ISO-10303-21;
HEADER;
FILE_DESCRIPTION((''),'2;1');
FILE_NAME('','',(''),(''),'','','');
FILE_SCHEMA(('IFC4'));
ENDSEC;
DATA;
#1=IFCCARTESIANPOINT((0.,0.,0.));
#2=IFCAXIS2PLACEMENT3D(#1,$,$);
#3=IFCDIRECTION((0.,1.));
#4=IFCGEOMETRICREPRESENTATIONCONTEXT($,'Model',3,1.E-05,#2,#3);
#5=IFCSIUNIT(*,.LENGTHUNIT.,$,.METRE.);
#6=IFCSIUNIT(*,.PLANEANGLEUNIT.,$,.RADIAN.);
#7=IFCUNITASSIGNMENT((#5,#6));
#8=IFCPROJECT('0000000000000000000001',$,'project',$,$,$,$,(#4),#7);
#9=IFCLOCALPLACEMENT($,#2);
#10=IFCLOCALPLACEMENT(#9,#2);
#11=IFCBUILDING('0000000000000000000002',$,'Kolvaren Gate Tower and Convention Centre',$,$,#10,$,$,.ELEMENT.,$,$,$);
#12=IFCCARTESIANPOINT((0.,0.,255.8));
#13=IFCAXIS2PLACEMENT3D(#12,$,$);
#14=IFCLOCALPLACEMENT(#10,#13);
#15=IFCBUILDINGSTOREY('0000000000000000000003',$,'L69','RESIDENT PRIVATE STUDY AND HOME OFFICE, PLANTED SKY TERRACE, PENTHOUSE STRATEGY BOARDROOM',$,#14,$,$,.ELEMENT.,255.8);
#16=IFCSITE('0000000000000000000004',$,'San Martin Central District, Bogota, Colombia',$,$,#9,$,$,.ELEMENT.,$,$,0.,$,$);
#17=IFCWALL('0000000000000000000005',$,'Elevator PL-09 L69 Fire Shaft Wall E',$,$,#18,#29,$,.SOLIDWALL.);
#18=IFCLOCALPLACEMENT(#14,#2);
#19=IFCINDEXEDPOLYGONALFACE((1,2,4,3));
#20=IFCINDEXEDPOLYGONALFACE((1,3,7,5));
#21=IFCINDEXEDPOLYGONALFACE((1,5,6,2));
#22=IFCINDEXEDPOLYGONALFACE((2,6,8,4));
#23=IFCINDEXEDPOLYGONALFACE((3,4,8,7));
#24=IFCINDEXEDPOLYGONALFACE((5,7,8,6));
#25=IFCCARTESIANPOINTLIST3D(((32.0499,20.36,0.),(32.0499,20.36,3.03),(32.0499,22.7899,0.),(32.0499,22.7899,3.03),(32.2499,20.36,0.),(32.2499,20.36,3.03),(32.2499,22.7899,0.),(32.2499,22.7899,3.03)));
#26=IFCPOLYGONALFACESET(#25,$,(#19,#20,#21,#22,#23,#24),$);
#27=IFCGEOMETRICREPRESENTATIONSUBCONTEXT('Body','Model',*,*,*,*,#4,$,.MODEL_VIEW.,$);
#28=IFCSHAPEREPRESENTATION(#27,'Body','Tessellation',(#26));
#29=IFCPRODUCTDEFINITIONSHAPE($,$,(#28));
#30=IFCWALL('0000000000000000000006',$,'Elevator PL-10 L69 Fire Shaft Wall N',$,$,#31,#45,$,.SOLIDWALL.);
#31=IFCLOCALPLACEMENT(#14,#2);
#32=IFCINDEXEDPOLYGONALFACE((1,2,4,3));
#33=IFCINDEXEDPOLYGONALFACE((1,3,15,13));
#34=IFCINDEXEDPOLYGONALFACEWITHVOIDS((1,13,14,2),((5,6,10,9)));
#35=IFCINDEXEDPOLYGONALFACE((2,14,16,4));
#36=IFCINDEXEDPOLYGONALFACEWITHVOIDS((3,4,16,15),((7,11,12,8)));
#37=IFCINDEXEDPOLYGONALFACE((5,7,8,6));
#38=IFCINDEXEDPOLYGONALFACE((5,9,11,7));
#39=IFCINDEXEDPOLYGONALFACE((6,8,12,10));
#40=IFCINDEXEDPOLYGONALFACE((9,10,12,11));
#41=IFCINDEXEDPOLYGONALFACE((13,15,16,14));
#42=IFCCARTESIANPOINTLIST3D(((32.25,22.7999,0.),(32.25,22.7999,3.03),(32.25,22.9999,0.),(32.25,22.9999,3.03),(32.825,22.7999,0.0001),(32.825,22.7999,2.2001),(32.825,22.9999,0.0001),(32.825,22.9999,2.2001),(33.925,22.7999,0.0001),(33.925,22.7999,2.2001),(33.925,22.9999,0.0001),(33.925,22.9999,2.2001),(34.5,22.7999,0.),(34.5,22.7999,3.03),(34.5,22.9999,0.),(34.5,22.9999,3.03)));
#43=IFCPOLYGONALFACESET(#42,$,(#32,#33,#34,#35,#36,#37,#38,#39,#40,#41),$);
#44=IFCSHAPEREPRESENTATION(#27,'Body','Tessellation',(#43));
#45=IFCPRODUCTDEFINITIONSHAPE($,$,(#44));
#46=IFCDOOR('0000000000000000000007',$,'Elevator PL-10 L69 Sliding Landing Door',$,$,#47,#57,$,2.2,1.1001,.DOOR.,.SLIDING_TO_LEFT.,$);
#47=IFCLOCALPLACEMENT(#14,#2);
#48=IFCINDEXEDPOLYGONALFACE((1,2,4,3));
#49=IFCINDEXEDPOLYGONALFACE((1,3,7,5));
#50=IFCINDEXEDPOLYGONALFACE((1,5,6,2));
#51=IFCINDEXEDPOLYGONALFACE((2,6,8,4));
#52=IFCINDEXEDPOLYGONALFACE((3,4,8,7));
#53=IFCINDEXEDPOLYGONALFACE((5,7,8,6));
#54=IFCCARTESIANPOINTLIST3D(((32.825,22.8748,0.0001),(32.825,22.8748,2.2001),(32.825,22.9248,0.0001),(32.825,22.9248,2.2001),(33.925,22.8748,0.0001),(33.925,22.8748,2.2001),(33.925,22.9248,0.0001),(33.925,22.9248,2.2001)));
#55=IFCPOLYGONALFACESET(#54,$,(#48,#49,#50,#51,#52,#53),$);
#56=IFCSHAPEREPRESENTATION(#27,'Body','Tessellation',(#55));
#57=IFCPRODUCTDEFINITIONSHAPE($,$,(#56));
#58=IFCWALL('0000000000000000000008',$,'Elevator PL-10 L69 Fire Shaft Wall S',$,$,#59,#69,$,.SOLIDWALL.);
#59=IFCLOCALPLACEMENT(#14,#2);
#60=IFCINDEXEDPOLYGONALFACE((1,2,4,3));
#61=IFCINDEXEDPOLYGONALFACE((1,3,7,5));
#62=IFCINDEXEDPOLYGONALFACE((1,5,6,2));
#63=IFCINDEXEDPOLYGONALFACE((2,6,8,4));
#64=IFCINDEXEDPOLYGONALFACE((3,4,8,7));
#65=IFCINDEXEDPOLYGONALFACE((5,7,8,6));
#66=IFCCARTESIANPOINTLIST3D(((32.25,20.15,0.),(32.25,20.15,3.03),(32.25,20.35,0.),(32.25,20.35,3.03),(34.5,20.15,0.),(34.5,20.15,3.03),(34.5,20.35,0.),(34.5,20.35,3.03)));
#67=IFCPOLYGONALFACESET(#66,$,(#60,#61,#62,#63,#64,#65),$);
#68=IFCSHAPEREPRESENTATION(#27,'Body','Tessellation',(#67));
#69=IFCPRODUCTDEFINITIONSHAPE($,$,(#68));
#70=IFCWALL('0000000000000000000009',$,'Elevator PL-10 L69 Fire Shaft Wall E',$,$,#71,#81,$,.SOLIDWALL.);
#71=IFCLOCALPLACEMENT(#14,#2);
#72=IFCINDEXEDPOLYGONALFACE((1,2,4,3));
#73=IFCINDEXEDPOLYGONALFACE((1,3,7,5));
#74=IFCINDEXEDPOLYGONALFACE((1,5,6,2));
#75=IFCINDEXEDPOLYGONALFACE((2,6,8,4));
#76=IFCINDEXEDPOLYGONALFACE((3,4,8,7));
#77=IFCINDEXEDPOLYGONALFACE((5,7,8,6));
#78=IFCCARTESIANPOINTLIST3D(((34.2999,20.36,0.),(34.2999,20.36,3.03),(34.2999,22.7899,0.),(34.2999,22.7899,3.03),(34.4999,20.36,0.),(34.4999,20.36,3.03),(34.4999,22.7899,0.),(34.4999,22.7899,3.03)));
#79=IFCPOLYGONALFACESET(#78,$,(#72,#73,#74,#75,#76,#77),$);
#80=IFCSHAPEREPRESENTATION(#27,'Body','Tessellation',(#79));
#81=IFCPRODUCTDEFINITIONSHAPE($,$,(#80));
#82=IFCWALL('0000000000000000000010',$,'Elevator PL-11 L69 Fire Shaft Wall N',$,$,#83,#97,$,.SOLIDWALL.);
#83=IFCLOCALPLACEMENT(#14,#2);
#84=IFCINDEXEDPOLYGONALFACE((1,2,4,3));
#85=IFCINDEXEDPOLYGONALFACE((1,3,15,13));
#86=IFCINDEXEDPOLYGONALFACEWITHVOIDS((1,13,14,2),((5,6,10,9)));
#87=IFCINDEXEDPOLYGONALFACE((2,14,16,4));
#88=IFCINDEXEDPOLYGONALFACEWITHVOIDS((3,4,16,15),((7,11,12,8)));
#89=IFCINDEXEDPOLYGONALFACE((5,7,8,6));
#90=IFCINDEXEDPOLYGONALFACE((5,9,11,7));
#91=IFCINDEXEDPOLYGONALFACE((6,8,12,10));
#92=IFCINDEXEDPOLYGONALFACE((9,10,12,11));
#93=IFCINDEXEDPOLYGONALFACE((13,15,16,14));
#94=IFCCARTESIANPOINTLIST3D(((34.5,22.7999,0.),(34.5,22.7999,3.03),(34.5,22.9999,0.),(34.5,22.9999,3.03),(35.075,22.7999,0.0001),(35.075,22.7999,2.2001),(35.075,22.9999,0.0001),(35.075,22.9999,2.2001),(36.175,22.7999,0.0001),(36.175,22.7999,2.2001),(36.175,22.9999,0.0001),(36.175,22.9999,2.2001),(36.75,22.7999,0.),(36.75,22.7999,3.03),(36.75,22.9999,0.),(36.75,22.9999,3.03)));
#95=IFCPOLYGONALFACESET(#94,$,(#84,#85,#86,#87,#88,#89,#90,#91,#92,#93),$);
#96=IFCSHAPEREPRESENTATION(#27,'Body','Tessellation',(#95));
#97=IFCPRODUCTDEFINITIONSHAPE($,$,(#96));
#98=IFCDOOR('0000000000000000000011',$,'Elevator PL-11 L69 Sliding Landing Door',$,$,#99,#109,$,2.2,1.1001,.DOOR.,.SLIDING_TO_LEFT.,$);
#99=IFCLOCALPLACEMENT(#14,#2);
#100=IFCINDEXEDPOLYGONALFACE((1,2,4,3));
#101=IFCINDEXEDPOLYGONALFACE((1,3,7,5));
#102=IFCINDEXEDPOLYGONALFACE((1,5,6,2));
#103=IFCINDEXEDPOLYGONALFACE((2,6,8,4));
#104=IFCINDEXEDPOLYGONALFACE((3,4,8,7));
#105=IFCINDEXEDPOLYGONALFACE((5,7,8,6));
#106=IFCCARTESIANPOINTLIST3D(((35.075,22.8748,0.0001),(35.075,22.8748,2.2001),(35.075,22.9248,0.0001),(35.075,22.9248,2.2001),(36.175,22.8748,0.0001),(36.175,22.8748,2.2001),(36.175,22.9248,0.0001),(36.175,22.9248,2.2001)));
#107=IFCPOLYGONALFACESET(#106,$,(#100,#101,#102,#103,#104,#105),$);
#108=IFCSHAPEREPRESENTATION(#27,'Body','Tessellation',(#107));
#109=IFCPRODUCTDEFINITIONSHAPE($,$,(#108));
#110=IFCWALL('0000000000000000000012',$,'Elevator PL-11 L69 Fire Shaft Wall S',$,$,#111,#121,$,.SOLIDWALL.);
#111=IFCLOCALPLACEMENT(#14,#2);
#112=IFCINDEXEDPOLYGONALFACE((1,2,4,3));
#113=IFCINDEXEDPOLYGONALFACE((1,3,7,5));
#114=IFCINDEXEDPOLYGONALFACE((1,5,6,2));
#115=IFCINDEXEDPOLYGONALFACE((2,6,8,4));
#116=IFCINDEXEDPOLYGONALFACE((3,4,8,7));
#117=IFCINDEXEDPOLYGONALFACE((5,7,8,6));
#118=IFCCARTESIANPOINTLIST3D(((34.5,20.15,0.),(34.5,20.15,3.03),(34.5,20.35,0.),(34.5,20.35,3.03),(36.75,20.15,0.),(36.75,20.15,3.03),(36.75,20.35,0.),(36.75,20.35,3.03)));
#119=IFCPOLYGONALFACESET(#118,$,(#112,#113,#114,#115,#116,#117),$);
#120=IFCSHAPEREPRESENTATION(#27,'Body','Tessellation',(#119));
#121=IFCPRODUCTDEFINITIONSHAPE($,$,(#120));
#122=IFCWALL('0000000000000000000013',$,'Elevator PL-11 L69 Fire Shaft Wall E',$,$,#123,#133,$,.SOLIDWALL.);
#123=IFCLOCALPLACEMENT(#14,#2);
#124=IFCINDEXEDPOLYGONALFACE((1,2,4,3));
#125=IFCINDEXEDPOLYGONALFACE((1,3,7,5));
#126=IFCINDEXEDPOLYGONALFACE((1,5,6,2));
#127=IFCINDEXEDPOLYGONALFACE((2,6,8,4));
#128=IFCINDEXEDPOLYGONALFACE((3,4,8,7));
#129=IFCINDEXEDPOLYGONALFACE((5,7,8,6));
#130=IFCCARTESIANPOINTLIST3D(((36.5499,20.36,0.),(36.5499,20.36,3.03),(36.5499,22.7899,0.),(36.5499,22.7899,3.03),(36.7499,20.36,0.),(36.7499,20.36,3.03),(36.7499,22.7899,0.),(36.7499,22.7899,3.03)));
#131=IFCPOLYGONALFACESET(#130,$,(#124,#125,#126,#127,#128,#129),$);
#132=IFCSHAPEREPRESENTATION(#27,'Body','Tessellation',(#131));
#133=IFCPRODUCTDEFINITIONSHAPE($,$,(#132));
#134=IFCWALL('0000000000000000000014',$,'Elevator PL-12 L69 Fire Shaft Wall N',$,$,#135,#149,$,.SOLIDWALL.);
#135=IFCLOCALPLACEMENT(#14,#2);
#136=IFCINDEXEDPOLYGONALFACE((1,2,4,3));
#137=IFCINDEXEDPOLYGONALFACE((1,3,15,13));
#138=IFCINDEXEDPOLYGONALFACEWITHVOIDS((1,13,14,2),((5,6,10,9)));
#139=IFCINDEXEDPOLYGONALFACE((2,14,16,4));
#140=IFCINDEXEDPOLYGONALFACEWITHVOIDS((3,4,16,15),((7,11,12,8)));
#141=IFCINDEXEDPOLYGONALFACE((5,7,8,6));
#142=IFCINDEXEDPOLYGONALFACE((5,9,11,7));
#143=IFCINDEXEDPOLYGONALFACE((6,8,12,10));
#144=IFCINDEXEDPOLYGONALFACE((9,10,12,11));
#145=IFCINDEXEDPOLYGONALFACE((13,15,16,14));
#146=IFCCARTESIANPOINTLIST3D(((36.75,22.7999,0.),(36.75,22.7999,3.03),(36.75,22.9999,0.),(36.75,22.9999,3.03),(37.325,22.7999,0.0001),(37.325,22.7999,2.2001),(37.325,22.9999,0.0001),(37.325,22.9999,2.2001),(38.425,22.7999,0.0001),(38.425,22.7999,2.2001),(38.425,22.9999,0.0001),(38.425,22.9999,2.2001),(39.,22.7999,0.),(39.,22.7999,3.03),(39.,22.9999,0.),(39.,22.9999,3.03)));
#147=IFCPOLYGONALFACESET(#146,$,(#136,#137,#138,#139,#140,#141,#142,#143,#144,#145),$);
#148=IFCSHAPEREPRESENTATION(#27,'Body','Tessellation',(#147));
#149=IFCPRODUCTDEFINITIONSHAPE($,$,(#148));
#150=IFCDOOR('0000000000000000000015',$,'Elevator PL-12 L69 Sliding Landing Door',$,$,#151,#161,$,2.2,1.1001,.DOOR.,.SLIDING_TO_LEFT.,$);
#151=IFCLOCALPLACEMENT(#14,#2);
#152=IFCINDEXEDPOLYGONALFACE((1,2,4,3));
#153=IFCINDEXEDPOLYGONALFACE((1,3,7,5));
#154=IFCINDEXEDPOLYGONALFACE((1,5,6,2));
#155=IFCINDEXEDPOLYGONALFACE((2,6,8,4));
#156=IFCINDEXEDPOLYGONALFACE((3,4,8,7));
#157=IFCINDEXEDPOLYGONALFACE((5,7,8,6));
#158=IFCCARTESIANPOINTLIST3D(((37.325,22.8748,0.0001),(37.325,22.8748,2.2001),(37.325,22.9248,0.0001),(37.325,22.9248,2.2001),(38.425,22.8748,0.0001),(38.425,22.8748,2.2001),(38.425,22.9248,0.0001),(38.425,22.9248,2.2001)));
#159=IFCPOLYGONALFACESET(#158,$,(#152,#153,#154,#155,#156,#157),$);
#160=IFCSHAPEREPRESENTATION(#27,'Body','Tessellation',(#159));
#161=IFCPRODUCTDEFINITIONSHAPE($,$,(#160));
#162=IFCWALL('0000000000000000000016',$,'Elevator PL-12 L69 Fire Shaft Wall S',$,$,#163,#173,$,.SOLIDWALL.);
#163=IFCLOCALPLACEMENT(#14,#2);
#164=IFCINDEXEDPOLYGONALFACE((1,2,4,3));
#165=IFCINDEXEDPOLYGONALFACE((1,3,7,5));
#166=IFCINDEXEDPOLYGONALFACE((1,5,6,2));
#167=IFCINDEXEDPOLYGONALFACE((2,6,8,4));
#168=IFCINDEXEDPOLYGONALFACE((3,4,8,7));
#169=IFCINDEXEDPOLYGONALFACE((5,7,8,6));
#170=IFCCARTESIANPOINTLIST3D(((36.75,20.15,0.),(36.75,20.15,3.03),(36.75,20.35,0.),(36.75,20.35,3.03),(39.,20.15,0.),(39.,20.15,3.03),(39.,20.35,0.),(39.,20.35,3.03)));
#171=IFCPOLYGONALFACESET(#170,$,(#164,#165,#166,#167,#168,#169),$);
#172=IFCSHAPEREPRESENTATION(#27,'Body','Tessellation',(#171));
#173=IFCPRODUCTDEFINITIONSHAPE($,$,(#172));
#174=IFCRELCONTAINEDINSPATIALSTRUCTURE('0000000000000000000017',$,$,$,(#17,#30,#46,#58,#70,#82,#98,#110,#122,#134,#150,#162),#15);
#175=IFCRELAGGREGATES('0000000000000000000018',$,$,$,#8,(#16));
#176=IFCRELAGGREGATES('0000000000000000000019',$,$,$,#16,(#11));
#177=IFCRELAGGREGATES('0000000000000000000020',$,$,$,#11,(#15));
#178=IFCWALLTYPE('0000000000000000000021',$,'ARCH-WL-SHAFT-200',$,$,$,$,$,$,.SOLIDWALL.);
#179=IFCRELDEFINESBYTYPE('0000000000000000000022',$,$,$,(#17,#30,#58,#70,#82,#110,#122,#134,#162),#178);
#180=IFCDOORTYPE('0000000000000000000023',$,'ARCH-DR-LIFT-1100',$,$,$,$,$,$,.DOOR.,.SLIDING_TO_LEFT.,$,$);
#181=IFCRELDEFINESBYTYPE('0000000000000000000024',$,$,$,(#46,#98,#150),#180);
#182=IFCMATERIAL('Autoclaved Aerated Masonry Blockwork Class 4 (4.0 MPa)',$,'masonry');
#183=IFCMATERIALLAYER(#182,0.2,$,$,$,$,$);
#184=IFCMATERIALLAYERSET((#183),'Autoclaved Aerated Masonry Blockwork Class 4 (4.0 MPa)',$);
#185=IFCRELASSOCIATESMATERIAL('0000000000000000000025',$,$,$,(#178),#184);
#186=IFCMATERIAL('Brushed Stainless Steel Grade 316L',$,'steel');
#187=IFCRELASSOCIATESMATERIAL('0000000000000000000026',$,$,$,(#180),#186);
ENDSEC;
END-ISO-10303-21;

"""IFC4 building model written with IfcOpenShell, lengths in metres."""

from ifc_helpers import new_model, si_unit, direction, frame, frame_2d, origin, place, context, subcontext, project, spatial, rectangle, extrude, material, layer, layer_set, type_object, element, fill, save


model = new_model("IFC4")

# Units and contexts
model_context = context("Model", 3, precision=1e-05, world=origin(), true_north=direction((0.0, 1.0)))
body_context = subcontext(model_context, "Body", "Model", "MODEL_VIEW")
ifc_project = project(units=[si_unit("LENGTHUNIT", "METRE"), si_unit("PLANEANGLEUNIT", "RADIAN")], contexts=[model_context])

# Site, building, storey
site_placement = place(None, origin())
site = spatial("IfcSite", under=ifc_project, at=site_placement, Name="San Martin Central District, Bogota, Colombia", CompositionType="ELEMENT", RefElevation=0.0)
building_placement = place(site_placement, origin())
building = spatial("IfcBuilding", under=site, at=building_placement, Name="Kolvaren Gate Tower and Convention Centre", CompositionType="ELEMENT")
storey_placement = place(building_placement, frame((0.0, 0.0, 255.8)))
storey = spatial("IfcBuildingStorey", under=building, at=storey_placement, Name="L69", Description="RESIDENT PRIVATE STUDY AND HOME OFFICE, PLANTED SKY TERRACE, PENTHOUSE STRATEGY BOARDROOM", CompositionType="ELEMENT", Elevation=255.8)

# Shared definitions
ifc_material_1 = material(Name="Autoclaved Aerated Masonry Blockwork Class 4 (4.0 MPa)", Category="masonry")

# Wall
ifc_layer_1 = layer(ifc_material_1, 0.2)
ifc_layer_set_1 = layer_set([ifc_layer_1], Name="Autoclaved Aerated Masonry Blockwork Class 4 (4.0 MPa)")
wall_type_1 = type_object("IfcWallType", Name="ARCH-WL-SHAFT-200", PredefinedType="SOLIDWALL", material=ifc_layer_set_1)
for number, where, z_axis, x_axis, name in (
    (1, (32.1499, 20.3601, 0.0), (0.0, 0.0, 1.0), (0.0, 1.0, 0.0), "Elevator PL-09 L69 Fire Shaft Wall E"),
):
    element("IfcWall", number, at=place(storey_placement, frame(where, z_axis=z_axis, x_axis=x_axis)), inside=storey, type_object=wall_type_1, Name=name, PredefinedType="SOLIDWALL", context=body_context, shape_type="SweptSolid", body=[
        extrude(rectangle(XDim=2.4299, YDim=0.2, at=frame_2d((1.2148, 0.0))), origin(), (0.0, 0.0, 1.0), 3.03),
    ])

# Wall, opening, door
wall_1_placement = place(storey_placement, frame((32.25, 22.8999, 0.0), z_axis=(0.0, 0.0, 1.0), x_axis=(1.0, 0.0, 0.0)))
wall_1 = element("IfcWall", 2, at=wall_1_placement, inside=storey, type_object=wall_type_1, Name="Elevator PL-10 L69 Fire Shaft Wall N", PredefinedType="SOLIDWALL", context=body_context, shape_type="SweptSolid", body=[
    extrude(rectangle(XDim=2.25, YDim=0.2, at=frame_2d((1.125, 0.0))), origin(), (0.0, 0.0, 1.0), 3.03),
])
opening_1_placement = place(wall_1_placement, frame((0.575, 0.0, 0.0)))
opening_1 = element("IfcOpeningElement", 3, at=opening_1_placement, cuts=wall_1, PredefinedType="OPENING", context=body_context, shape_type="SweptSolid", body=[
    extrude(rectangle(XDim=1.1001, YDim=2.2, at=frame_2d((0.55, 1.1001))), frame((0.0, 0.1099, 0.0), z_axis=(0.0, -1.0, 0.0), x_axis=(1.0, 0.0, 0.0)), (0.0, 0.0, 1.0), 0.22),
])
ifc_material_2 = material(Name="Brushed Stainless Steel Grade 316L", Category="steel")
door_type_1 = type_object("IfcDoorType", Name="ARCH-DR-LIFT-1100", OperationType="SLIDING_TO_LEFT", PredefinedType="DOOR", material=ifc_material_2)
door_1_placement = place(opening_1_placement, origin())
door_1 = element("IfcDoor", 4, at=door_1_placement, inside=storey, type_object=door_type_1, Name="Elevator PL-10 L69 Sliding Landing Door", OperationType="SLIDING_TO_LEFT", OverallHeight=2.2, OverallWidth=1.1001, PredefinedType="DOOR", context=body_context, shape_type="SweptSolid", body=[
    extrude(rectangle(XDim=1.1001, YDim=2.2, at=frame_2d((0.55, 1.1001))), frame((0.0, 0.0249, 0.0), z_axis=(0.0, -1.0, 0.0), x_axis=(1.0, 0.0, 0.0)), (0.0, 0.0, 1.0), 0.05),
])
fill(opening_1, door_1)

# Walls
wall_2_placement = place(storey_placement, frame((32.25, 20.25, 0.0), z_axis=(0.0, 0.0, 1.0), x_axis=(1.0, 0.0, 0.0)))
element("IfcWall", 5, at=wall_2_placement, inside=storey, type_object=wall_type_1, Name="Elevator PL-10 L69 Fire Shaft Wall S", PredefinedType="SOLIDWALL", context=body_context, shape_type="SweptSolid", body=[
    extrude(rectangle(XDim=2.25, YDim=0.2, at=frame_2d((1.125, 0.0))), origin(), (0.0, 0.0, 1.0), 3.03),
])
wall_3_placement = place(storey_placement, frame((34.3999, 20.3601, 0.0), z_axis=(0.0, 0.0, 1.0), x_axis=(0.0, 1.0, 0.0)))
element("IfcWall", 6, at=wall_3_placement, inside=storey, type_object=wall_type_1, Name="Elevator PL-10 L69 Fire Shaft Wall E", PredefinedType="SOLIDWALL", context=body_context, shape_type="SweptSolid", body=[
    extrude(rectangle(XDim=2.4299, YDim=0.2, at=frame_2d((1.2148, 0.0))), origin(), (0.0, 0.0, 1.0), 3.03),
])

# Wall, opening, door
wall_4_placement = place(storey_placement, frame((34.5, 22.8999, 0.0), z_axis=(0.0, 0.0, 1.0), x_axis=(1.0, 0.0, 0.0)))
wall_4 = element("IfcWall", 7, at=wall_4_placement, inside=storey, type_object=wall_type_1, Name="Elevator PL-11 L69 Fire Shaft Wall N", PredefinedType="SOLIDWALL", context=body_context, shape_type="SweptSolid", body=[
    extrude(rectangle(XDim=2.25, YDim=0.2, at=frame_2d((1.125, 0.0))), origin(), (0.0, 0.0, 1.0), 3.03),
])
opening_2_placement = place(wall_4_placement, frame((0.575, 0.0, 0.0)))
opening_2 = element("IfcOpeningElement", 8, at=opening_2_placement, cuts=wall_4, PredefinedType="OPENING", context=body_context, shape_type="SweptSolid", body=[
    extrude(rectangle(XDim=1.1001, YDim=2.2, at=frame_2d((0.55, 1.1001))), frame((0.0, 0.1099, 0.0), z_axis=(0.0, -1.0, 0.0), x_axis=(1.0, 0.0, 0.0)), (0.0, 0.0, 1.0), 0.22),
])
door_2_placement = place(opening_2_placement, origin())
door_2 = element("IfcDoor", 9, at=door_2_placement, inside=storey, type_object=door_type_1, Name="Elevator PL-11 L69 Sliding Landing Door", OperationType="SLIDING_TO_LEFT", OverallHeight=2.2, OverallWidth=1.1001, PredefinedType="DOOR", context=body_context, shape_type="SweptSolid", body=[
    extrude(rectangle(XDim=1.1001, YDim=2.2, at=frame_2d((0.55, 1.1001))), frame((0.0, 0.0249, 0.0), z_axis=(0.0, -1.0, 0.0), x_axis=(1.0, 0.0, 0.0)), (0.0, 0.0, 1.0), 0.05),
])
fill(opening_2, door_2)

# Walls
wall_5_placement = place(storey_placement, frame((34.5, 20.25, 0.0), z_axis=(0.0, 0.0, 1.0), x_axis=(1.0, 0.0, 0.0)))
element("IfcWall", 10, at=wall_5_placement, inside=storey, type_object=wall_type_1, Name="Elevator PL-11 L69 Fire Shaft Wall S", PredefinedType="SOLIDWALL", context=body_context, shape_type="SweptSolid", body=[
    extrude(rectangle(XDim=2.25, YDim=0.2, at=frame_2d((1.125, 0.0))), origin(), (0.0, 0.0, 1.0), 3.03),
])
wall_6_placement = place(storey_placement, frame((36.6499, 20.3601, 0.0), z_axis=(0.0, 0.0, 1.0), x_axis=(0.0, 1.0, 0.0)))
element("IfcWall", 11, at=wall_6_placement, inside=storey, type_object=wall_type_1, Name="Elevator PL-11 L69 Fire Shaft Wall E", PredefinedType="SOLIDWALL", context=body_context, shape_type="SweptSolid", body=[
    extrude(rectangle(XDim=2.4299, YDim=0.2, at=frame_2d((1.2148, 0.0))), origin(), (0.0, 0.0, 1.0), 3.03),
])

# Wall, opening, door
wall_7_placement = place(storey_placement, frame((36.75, 22.8999, 0.0), z_axis=(0.0, 0.0, 1.0), x_axis=(1.0, 0.0, 0.0)))
wall_7 = element("IfcWall", 12, at=wall_7_placement, inside=storey, type_object=wall_type_1, Name="Elevator PL-12 L69 Fire Shaft Wall N", PredefinedType="SOLIDWALL", context=body_context, shape_type="SweptSolid", body=[
    extrude(rectangle(XDim=2.25, YDim=0.2, at=frame_2d((1.125, 0.0))), origin(), (0.0, 0.0, 1.0), 3.03),
])
opening_3_placement = place(wall_7_placement, frame((0.575, 0.0, 0.0)))
opening_3 = element("IfcOpeningElement", 13, at=opening_3_placement, cuts=wall_7, PredefinedType="OPENING", context=body_context, shape_type="SweptSolid", body=[
    extrude(rectangle(XDim=1.1001, YDim=2.2, at=frame_2d((0.55, 1.1001))), frame((0.0, 0.1099, 0.0), z_axis=(0.0, -1.0, 0.0), x_axis=(1.0, 0.0, 0.0)), (0.0, 0.0, 1.0), 0.22),
])
door_3_placement = place(opening_3_placement, origin())
door_3 = element("IfcDoor", 14, at=door_3_placement, inside=storey, type_object=door_type_1, Name="Elevator PL-12 L69 Sliding Landing Door", OperationType="SLIDING_TO_LEFT", OverallHeight=2.2, OverallWidth=1.1001, PredefinedType="DOOR", context=body_context, shape_type="SweptSolid", body=[
    extrude(rectangle(XDim=1.1001, YDim=2.2, at=frame_2d((0.55, 1.1001))), frame((0.0, 0.0249, 0.0), z_axis=(0.0, -1.0, 0.0), x_axis=(1.0, 0.0, 0.0)), (0.0, 0.0, 1.0), 0.05),
])
fill(opening_3, door_3)

# Wall
wall_8_placement = place(storey_placement, frame((36.75, 20.25, 0.0), z_axis=(0.0, 0.0, 1.0), x_axis=(1.0, 0.0, 0.0)))
element("IfcWall", 15, at=wall_8_placement, inside=storey, type_object=wall_type_1, Name="Elevator PL-12 L69 Fire Shaft Wall S", PredefinedType="SOLIDWALL", context=body_context, shape_type="SweptSolid", body=[
    extrude(rectangle(XDim=2.25, YDim=0.2, at=frame_2d((1.125, 0.0))), origin(), (0.0, 0.0, 1.0), 3.03),
])

save(model, "model.ifc")
